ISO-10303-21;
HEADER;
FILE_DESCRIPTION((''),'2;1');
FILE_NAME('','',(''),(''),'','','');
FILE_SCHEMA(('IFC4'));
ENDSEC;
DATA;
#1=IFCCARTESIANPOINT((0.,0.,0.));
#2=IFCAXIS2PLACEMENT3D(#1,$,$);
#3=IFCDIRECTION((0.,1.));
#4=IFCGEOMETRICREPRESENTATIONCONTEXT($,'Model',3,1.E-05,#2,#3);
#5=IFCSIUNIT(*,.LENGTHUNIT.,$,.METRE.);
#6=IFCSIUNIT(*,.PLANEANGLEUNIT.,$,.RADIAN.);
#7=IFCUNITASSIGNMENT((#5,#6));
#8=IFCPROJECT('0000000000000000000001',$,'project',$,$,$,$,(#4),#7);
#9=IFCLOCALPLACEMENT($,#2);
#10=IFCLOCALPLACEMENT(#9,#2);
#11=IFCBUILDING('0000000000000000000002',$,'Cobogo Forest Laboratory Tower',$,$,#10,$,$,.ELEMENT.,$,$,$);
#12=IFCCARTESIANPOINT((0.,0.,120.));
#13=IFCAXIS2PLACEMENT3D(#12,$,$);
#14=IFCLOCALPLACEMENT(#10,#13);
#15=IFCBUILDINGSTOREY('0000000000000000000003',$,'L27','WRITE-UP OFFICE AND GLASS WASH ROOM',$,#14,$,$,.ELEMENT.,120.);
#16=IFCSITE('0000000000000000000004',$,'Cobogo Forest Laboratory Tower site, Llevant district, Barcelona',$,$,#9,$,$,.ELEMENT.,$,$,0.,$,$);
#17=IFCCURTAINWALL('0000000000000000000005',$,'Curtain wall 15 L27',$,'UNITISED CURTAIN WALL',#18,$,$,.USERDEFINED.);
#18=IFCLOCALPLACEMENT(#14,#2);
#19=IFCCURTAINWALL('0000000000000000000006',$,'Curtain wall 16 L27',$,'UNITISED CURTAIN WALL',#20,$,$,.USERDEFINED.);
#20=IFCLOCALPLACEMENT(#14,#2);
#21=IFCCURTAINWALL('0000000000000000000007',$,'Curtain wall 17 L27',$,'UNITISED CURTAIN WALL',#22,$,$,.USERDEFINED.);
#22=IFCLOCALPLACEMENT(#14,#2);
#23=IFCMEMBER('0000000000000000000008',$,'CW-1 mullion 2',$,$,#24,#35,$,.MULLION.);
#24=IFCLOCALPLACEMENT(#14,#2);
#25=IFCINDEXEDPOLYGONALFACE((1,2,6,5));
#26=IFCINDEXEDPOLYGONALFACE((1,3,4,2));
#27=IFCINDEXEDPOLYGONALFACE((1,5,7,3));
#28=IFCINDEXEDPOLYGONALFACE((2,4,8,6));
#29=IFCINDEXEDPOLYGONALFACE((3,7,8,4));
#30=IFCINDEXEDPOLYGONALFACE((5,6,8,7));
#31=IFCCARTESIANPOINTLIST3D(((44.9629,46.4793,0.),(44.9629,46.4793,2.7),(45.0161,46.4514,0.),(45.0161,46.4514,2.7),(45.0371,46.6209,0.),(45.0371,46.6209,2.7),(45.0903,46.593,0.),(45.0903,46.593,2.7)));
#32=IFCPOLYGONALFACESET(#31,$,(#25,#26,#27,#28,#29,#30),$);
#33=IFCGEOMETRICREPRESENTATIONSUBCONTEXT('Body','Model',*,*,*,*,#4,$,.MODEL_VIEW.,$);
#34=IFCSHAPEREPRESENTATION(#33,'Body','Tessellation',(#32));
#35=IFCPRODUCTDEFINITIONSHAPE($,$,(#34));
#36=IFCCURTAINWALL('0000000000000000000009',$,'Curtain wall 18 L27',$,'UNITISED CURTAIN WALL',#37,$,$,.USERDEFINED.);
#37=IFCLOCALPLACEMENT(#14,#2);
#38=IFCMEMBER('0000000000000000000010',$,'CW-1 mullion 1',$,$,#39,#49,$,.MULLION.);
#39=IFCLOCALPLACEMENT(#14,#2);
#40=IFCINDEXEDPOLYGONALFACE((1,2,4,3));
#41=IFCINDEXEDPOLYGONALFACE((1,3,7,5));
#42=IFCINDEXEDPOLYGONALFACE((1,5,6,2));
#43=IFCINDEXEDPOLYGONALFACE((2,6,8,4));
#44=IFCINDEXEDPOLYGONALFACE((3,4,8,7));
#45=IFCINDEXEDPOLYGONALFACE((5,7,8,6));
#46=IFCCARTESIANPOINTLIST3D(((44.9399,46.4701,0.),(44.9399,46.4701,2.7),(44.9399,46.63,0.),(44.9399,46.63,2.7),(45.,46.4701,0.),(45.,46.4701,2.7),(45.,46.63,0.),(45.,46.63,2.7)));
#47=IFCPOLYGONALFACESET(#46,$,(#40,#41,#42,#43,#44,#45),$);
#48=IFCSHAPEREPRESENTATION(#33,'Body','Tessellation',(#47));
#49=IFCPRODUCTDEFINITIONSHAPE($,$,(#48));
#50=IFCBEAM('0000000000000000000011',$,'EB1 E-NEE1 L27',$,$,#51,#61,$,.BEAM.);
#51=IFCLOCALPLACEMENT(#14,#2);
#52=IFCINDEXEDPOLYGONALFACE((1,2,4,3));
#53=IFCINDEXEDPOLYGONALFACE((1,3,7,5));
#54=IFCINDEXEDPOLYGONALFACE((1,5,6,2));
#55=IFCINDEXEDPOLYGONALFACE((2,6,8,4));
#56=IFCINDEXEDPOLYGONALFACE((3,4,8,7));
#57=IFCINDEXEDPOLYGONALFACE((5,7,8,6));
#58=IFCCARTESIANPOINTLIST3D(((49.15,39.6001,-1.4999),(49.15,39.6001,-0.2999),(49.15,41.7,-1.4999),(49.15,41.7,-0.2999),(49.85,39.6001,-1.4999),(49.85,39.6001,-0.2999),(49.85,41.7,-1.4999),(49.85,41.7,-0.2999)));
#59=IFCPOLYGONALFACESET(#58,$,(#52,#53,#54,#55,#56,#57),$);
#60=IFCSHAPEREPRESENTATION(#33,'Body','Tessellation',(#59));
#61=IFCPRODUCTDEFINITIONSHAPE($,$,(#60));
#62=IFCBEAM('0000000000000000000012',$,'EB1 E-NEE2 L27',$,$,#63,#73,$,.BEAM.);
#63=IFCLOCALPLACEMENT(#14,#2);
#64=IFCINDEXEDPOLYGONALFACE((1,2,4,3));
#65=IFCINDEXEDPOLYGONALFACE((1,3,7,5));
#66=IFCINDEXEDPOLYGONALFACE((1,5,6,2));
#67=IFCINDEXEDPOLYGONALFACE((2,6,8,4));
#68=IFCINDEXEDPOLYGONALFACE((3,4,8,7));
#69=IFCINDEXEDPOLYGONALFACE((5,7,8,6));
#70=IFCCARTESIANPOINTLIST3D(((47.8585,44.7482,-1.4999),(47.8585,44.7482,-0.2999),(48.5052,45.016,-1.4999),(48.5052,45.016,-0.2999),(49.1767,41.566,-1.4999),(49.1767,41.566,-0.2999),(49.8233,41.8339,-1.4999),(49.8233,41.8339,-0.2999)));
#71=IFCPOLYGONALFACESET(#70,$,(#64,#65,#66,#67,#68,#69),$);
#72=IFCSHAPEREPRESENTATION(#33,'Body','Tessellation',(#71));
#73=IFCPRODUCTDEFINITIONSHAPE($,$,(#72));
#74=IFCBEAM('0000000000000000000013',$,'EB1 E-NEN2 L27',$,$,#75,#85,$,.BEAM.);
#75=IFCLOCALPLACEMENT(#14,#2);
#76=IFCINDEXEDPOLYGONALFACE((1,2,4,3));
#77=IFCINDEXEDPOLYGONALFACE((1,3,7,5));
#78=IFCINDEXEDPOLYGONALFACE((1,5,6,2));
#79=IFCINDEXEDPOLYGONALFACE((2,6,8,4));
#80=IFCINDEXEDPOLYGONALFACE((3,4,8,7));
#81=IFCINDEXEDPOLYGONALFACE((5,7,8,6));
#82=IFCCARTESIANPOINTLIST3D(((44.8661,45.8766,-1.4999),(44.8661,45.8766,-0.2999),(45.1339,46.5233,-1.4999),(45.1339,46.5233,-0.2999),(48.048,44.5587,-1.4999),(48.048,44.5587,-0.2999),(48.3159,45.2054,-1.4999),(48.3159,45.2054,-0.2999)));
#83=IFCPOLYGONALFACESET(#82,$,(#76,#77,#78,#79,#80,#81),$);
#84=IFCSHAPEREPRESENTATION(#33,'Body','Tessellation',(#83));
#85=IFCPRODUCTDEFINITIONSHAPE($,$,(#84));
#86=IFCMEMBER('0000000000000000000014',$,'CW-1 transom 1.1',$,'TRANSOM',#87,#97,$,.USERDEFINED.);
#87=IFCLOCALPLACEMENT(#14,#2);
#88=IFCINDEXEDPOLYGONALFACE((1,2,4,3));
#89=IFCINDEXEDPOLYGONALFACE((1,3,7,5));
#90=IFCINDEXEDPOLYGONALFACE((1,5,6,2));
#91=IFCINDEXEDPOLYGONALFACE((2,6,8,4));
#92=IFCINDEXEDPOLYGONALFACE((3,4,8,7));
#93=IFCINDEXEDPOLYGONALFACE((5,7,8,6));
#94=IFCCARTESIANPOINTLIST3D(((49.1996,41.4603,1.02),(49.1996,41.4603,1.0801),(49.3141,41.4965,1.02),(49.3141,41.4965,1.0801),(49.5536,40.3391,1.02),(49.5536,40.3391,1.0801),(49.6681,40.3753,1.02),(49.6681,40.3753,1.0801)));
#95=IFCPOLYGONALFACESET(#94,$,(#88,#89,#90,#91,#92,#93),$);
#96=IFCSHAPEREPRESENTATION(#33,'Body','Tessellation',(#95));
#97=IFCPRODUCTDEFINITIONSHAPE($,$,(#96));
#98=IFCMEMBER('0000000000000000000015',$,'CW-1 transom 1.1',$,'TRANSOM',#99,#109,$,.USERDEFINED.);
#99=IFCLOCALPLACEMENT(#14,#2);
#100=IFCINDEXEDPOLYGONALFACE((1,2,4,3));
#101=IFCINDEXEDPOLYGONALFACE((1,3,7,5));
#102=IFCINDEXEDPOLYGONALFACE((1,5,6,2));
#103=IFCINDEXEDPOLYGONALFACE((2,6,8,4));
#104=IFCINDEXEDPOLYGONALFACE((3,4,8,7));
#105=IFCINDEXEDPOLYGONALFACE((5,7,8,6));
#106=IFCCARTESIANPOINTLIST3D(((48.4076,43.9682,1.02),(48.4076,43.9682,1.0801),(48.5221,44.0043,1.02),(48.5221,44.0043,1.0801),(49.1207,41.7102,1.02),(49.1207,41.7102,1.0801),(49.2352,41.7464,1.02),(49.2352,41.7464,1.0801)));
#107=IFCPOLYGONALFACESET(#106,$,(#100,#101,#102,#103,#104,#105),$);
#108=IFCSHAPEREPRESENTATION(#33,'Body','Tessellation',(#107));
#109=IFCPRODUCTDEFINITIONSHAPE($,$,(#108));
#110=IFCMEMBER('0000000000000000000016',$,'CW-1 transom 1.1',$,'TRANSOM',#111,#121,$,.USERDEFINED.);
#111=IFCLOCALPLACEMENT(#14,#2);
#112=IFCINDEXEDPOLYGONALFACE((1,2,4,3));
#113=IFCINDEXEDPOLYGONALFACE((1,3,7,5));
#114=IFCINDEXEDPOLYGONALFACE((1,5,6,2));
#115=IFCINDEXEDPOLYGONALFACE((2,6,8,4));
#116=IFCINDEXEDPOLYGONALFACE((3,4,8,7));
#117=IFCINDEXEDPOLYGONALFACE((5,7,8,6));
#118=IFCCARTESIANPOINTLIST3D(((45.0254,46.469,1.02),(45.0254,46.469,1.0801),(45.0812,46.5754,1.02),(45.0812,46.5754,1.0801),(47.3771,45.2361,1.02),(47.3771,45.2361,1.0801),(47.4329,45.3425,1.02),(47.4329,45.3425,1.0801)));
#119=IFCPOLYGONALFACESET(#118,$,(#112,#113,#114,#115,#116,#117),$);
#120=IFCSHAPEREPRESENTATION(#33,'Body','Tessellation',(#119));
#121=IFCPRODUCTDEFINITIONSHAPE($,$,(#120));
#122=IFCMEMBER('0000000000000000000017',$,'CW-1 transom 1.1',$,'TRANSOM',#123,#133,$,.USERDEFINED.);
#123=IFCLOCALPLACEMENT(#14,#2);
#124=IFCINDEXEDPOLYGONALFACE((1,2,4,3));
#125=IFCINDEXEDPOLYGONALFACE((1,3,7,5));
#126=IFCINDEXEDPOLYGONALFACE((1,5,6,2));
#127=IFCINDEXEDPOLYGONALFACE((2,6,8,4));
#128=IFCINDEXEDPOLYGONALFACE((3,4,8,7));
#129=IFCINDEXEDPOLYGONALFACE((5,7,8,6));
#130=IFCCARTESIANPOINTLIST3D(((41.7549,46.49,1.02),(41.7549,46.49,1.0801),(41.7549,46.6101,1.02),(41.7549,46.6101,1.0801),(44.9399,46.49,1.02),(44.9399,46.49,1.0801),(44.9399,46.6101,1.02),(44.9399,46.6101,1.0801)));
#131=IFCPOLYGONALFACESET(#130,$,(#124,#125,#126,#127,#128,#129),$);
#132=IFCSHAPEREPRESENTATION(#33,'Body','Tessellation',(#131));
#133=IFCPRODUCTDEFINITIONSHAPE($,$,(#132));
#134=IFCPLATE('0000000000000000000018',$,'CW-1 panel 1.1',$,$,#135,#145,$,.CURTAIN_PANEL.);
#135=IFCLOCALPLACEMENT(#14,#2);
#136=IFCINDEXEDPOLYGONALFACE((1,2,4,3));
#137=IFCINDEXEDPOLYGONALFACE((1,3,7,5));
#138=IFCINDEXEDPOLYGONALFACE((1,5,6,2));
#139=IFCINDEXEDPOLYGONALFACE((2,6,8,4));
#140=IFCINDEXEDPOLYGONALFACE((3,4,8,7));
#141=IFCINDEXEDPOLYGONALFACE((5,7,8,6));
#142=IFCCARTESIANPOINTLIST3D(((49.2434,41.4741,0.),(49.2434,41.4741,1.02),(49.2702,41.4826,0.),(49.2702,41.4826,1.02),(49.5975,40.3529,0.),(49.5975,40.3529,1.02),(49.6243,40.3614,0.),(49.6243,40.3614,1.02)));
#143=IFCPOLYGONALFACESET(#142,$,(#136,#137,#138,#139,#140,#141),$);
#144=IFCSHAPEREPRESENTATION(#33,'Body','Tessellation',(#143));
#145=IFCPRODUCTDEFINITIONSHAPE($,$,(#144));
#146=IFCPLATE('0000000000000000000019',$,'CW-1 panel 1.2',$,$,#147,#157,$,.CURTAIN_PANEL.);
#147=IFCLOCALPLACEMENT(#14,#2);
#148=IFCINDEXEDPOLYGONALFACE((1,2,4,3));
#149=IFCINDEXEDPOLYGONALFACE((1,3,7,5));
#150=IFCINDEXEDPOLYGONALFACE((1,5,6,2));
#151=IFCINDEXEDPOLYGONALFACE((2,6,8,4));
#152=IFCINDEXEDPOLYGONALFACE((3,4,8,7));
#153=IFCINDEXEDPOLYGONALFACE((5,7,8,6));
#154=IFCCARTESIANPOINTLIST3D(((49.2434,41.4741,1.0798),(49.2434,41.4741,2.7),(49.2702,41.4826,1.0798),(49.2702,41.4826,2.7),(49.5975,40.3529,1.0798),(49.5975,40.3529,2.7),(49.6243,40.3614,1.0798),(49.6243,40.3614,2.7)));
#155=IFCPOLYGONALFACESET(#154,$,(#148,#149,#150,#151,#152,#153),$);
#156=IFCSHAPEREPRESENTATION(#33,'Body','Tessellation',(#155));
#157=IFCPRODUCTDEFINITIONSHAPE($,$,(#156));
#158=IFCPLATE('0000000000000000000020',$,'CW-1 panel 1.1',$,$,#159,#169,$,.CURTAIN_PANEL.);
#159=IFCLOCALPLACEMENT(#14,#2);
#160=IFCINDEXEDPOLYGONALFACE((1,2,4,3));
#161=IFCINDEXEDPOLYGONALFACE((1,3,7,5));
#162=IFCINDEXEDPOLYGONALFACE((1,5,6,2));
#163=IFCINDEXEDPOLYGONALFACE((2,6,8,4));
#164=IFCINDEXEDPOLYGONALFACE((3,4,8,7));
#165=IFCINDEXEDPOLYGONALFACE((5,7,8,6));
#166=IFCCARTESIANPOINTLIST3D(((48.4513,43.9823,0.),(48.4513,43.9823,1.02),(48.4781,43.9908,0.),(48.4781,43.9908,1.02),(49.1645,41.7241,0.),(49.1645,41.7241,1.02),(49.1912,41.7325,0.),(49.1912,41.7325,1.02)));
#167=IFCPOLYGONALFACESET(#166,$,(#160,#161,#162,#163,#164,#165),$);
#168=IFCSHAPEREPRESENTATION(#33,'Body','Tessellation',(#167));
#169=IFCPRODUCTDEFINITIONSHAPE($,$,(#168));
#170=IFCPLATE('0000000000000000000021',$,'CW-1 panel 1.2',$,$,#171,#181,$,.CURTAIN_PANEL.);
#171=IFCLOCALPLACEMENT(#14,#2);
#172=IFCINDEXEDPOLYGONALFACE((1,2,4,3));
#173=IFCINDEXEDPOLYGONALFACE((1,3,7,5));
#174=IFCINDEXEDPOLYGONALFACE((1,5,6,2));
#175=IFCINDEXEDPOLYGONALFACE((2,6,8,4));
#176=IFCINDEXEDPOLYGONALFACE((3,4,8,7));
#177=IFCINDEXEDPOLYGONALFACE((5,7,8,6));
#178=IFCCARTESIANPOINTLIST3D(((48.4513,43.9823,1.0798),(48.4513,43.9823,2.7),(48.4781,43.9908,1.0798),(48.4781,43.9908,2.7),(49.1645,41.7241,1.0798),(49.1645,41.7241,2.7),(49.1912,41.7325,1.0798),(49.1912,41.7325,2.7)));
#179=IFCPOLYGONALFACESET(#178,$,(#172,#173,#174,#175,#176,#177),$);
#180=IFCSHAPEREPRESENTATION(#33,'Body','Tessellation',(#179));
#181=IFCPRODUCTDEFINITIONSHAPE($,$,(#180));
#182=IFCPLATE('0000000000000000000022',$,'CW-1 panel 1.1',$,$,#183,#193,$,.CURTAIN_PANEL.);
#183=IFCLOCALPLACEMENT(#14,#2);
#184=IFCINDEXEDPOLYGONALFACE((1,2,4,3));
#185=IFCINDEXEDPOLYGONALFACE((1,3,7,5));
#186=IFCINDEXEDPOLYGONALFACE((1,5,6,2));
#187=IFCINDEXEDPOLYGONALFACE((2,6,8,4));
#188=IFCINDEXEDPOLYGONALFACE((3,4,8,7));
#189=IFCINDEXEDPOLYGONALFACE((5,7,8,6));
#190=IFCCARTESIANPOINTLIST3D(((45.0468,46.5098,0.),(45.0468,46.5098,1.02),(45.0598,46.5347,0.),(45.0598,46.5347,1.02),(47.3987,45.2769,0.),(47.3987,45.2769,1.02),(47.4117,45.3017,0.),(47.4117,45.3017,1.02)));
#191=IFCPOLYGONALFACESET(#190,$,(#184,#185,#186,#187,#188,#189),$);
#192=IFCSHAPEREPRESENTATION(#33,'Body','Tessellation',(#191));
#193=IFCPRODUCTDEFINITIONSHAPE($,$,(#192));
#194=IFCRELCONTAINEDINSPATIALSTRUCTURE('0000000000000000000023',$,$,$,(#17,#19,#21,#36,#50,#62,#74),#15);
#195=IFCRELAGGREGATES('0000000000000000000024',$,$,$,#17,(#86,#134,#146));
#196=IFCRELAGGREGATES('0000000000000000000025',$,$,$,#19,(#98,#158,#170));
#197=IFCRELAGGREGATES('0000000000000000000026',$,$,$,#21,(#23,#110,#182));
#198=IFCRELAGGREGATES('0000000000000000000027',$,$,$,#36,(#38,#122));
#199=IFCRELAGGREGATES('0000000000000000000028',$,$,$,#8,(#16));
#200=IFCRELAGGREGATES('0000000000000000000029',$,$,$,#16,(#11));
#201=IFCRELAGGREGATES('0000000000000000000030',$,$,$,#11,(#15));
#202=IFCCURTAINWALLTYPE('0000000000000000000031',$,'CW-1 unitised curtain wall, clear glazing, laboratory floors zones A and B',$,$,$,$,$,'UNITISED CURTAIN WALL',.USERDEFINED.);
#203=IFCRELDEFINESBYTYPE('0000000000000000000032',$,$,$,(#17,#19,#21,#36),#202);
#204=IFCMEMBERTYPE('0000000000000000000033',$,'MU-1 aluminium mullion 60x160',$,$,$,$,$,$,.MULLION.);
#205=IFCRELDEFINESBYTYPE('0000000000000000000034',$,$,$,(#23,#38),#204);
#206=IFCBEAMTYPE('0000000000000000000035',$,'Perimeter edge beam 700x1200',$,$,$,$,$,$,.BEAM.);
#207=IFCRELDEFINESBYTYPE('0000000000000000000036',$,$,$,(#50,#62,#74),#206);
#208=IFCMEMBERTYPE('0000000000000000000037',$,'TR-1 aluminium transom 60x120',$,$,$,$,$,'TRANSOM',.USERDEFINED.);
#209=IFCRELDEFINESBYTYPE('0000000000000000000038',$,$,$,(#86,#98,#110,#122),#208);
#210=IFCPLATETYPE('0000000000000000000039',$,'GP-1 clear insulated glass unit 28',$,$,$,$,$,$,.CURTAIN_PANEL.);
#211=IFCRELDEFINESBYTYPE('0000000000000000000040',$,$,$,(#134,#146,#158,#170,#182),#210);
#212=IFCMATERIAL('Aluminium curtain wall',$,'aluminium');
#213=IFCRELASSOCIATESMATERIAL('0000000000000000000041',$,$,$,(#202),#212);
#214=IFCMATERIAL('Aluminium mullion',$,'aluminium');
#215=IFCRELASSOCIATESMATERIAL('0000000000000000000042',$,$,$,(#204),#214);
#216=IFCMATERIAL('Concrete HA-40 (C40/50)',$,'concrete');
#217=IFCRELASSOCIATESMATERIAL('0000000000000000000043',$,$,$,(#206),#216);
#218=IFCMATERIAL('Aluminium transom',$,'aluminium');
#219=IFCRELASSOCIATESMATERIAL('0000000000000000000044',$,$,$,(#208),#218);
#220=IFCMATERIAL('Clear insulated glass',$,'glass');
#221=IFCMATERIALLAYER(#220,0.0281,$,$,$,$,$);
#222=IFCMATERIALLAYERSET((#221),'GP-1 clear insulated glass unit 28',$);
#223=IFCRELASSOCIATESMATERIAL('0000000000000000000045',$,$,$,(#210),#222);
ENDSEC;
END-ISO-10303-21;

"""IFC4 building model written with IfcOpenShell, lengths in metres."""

from ifc_helpers import new_model, si_unit, direction, frame, origin, origin_2d, place, context, subcontext, project, spatial, rectangle, extrude, material, layer, layer_set, material_profile, profile_set, type_object, element, aggregate, save


model = new_model("IFC4")

# Units and contexts
model_context = context("Model", 3, precision=1e-05, world=origin(), true_north=direction((0.0, 1.0)))
body_context = subcontext(model_context, "Body", "Model", "MODEL_VIEW")
ifc_project = project(units=[si_unit("LENGTHUNIT", "METRE"), si_unit("PLANEANGLEUNIT", "RADIAN")], contexts=[model_context])

# Site, building, storey
site_placement = place(None, origin())
site = spatial("IfcSite", under=ifc_project, at=site_placement, Name="Cobogo Forest Laboratory Tower site, Llevant district, Barcelona", CompositionType="ELEMENT", RefElevation=0.0)
building_placement = place(site_placement, origin())
building = spatial("IfcBuilding", under=site, at=building_placement, Name="Cobogo Forest Laboratory Tower", CompositionType="ELEMENT")
storey_placement = place(building_placement, frame((0.0, 0.0, 120.0)))
storey = spatial("IfcBuildingStorey", under=building, at=storey_placement, Name="L27", Description="WRITE-UP OFFICE AND GLASS WASH ROOM", CompositionType="ELEMENT", Elevation=120.0)

# Shared definitions
ifc_material_1 = material(Name="Concrete HA-40 (C40/50)", Category="concrete")

# Curtain walls, member
ifc_material_2 = material(Name="Aluminium curtain wall", Category="aluminium")
curtain_wall_type = type_object("IfcCurtainWallType", Name="CW-1 unitised curtain wall, clear glazing, laboratory floors zones A and B", ElementType="UNITISED CURTAIN WALL", PredefinedType="USERDEFINED", material=ifc_material_2)
curtain_wall_1_placement = place(storey_placement, origin())
curtain_wall_1 = element("IfcCurtainWall", 1, at=curtain_wall_1_placement, inside=storey, type_object=curtain_wall_type, Name="Curtain wall 15 L27", ObjectType="UNITISED CURTAIN WALL", PredefinedType="USERDEFINED")
ifc_material_3 = material(Name="Aluminium mullion", Category="aluminium")
ifc_material_profile_1 = material_profile(ifc_material_3, rectangle(XDim=0.0601, YDim=0.1599, at=origin_2d()), Name="AL 60x160")
ifc_profile_set_1 = profile_set([ifc_material_profile_1], Name="Aluminium mullion")
member_type_1 = type_object("IfcMemberType", Name="MU-1 aluminium mullion 60x160", PredefinedType="MULLION", material=ifc_profile_set_1)
curtain_wall_2_placement = place(storey_placement, origin())
curtain_wall_2 = element("IfcCurtainWall", 2, at=curtain_wall_2_placement, inside=storey, type_object=curtain_wall_type, Name="Curtain wall 16 L27", ObjectType="UNITISED CURTAIN WALL", PredefinedType="USERDEFINED")
curtain_wall_3_placement = place(storey_placement, origin())
curtain_wall_3 = element("IfcCurtainWall", 3, at=curtain_wall_3_placement, inside=storey, type_object=curtain_wall_type, Name="Curtain wall 17 L27", ObjectType="UNITISED CURTAIN WALL", PredefinedType="USERDEFINED")
member_1_placement = place(storey_placement, frame((45.0266, 46.5361, 0.0), z_axis=(0.0, 0.0, 1.0), x_axis=(-0.885687, 0.464284, 0.0)))
member_1 = element("IfcMember", 4, at=member_1_placement, type_object=member_type_1, Name="CW-1 mullion 2", PredefinedType="MULLION", context=body_context, shape_type="SweptSolid", body=[
    extrude(rectangle(XDim=0.0601, YDim=0.1599, at=origin_2d()), origin(), (0.0, 0.0, 1.0), 2.7),
])

# Curtain wall, member
curtain_wall_4_placement = place(storey_placement, origin())
curtain_wall_4 = element("IfcCurtainWall", 5, at=curtain_wall_4_placement, inside=storey, type_object=curtain_wall_type, Name="Curtain wall 18 L27", ObjectType="UNITISED CURTAIN WALL", PredefinedType="USERDEFINED")
member_2_placement = place(storey_placement, frame((44.97, 46.55, 0.0), z_axis=(0.0, 0.0, 1.0), x_axis=(-1.0, 0.0, 0.0)))
member_2 = element("IfcMember", 6, at=member_2_placement, type_object=member_type_1, Name="CW-1 mullion 1", PredefinedType="MULLION", context=body_context, shape_type="SweptSolid", body=[
    extrude(rectangle(XDim=0.0601, YDim=0.1599, at=origin_2d()), origin(), (0.0, 0.0, 1.0), 2.7),
])

# Beams
ifc_material_profile_2 = material_profile(ifc_material_1, rectangle(XDim=0.7, YDim=1.2, at=origin_2d()), Name="RC 700x1200")
ifc_profile_set_2 = profile_set([ifc_material_profile_2], Name="Concrete HA-40 (C40/50)")
beam_type_1 = type_object("IfcBeamType", Name="Perimeter edge beam 700x1200", PredefinedType="BEAM", material=ifc_profile_set_2)
beam_1_placement = place(storey_placement, frame((49.5, 39.6001, -0.8999), z_axis=(0.0, 1.0, 0.0), x_axis=(-1.0, 0.0, 0.0)))
element("IfcBeam", 7, at=beam_1_placement, inside=storey, type_object=beam_type_1, Name="EB1 E-NEE1 L27", PredefinedType="BEAM", context=body_context, shape_type="SweptSolid", body=[
    extrude(rectangle(XDim=0.7, YDim=1.2, at=origin_2d()), origin(), (0.0, 0.0, 1.0), 2.0999),
])
beam_2_placement = place(storey_placement, frame((49.5, 41.7, -0.8999), z_axis=(-0.382692, 0.923876, 0.0), x_axis=(-0.923876, -0.382692, 0.0)))
element("IfcBeam", 8, at=beam_2_placement, inside=storey, type_object=beam_type_1, Name="EB1 E-NEE2 L27", PredefinedType="BEAM", context=body_context, shape_type="SweptSolid", body=[
    extrude(rectangle(XDim=0.7, YDim=1.2, at=origin_2d()), origin(), (0.0, 0.0, 1.0), 3.4443),
])
beam_3_placement = place(storey_placement, frame((45.0, 46.2, -0.8999), z_axis=(0.923891, -0.382656, 0.0), x_axis=(0.382656, 0.923891, 0.0)))
element("IfcBeam", 9, at=beam_3_placement, inside=storey, type_object=beam_type_1, Name="EB1 E-NEN2 L27", PredefinedType="BEAM", context=body_context, shape_type="SweptSolid", body=[
    extrude(rectangle(XDim=0.7, YDim=1.2, at=origin_2d()), origin(), (0.0, 0.0, 1.0), 3.4441),
])

# Members
ifc_material_4 = material(Name="Aluminium transom", Category="aluminium")
ifc_material_profile_3 = material_profile(ifc_material_4, rectangle(XDim=0.1201, YDim=0.0601, at=origin_2d()), Name="AL 60x120")
ifc_profile_set_3 = profile_set([ifc_material_profile_3], Name="Aluminium transom")
member_type_2 = type_object("IfcMemberType", Name="TR-1 aluminium transom 60x120", ElementType="TRANSOM", PredefinedType="USERDEFINED", material=ifc_profile_set_3)
member_3_placement = place(storey_placement, frame((49.6108, 40.3572, 1.05), z_axis=(-0.301052, 0.953608, 0.0), x_axis=(-0.953608, -0.301052, 0.0)))
member_3 = element("IfcMember", 10, at=member_3_placement, type_object=member_type_2, Name="CW-1 transom 1.1", ObjectType="TRANSOM", PredefinedType="USERDEFINED", context=body_context, shape_type="SweptSolid", body=[
    extrude(rectangle(XDim=0.1201, YDim=0.0601, at=origin_2d()), origin(), (0.0, 0.0, 1.0), 1.1758),
])
member_4_placement = place(storey_placement, frame((49.178, 41.7283, 1.05), z_axis=(-0.301156, 0.953575, 0.0), x_axis=(-0.953575, -0.301156, 0.0)))
member_4 = element("IfcMember", 11, at=member_4_placement, type_object=member_type_2, Name="CW-1 transom 1.1", ObjectType="TRANSOM", PredefinedType="USERDEFINED", context=body_context, shape_type="SweptSolid", body=[
    extrude(rectangle(XDim=0.1201, YDim=0.0601, at=origin_2d()), origin(), (0.0, 0.0, 1.0), 2.3679),
])
member_5_placement = place(storey_placement, frame((47.405, 45.2893, 1.05), z_axis=(-0.885675, 0.464306, 0.0), x_axis=(-0.464306, -0.885675, 0.0)))
member_5 = element("IfcMember", 12, at=member_5_placement, type_object=member_type_2, Name="CW-1 transom 1.1", ObjectType="TRANSOM", PredefinedType="USERDEFINED", context=body_context, shape_type="SweptSolid", body=[
    extrude(rectangle(XDim=0.1201, YDim=0.0601, at=origin_2d()), origin(), (0.0, 0.0, 1.0), 2.6553),
])
member_6_placement = place(storey_placement, frame((44.9399, 46.55, 1.05), z_axis=(-1.0, 0.0, 0.0), x_axis=(0.0, -1.0, 0.0)))
member_6 = element("IfcMember", 13, at=member_6_placement, type_object=member_type_2, Name="CW-1 transom 1.1", ObjectType="TRANSOM", PredefinedType="USERDEFINED", context=body_context, shape_type="SweptSolid", body=[
    extrude(rectangle(XDim=0.1201, YDim=0.0601, at=origin_2d()), origin(), (0.0, 0.0, 1.0), 3.1851),
])

# Plates
ifc_material_5 = material(Name="Clear insulated glass", Category="glass")
ifc_layer = layer(ifc_material_5, 0.0281)
ifc_layer_set = layer_set([ifc_layer], Name="GP-1 clear insulated glass unit 28")
plate_type = type_object("IfcPlateType", Name="GP-1 clear insulated glass unit 28", PredefinedType="CURTAIN_PANEL", material=ifc_layer_set)
plate_1_placement = place(storey_placement, frame((49.4338, 40.9177, 0.0), z_axis=(0.0, 0.0, 1.0), x_axis=(-0.301135, 0.953581, 0.0)))
plate_1 = element("IfcPlate", 14, at=plate_1_placement, type_object=plate_type, Name="CW-1 panel 1.1", PredefinedType="CURTAIN_PANEL", context=body_context, shape_type="SweptSolid", body=[
    extrude(rectangle(XDim=1.1758, YDim=0.0281, at=origin_2d()), origin(), (0.0, 0.0, 1.0), 1.02),
])
plate_2_placement = place(storey_placement, frame((49.4338, 40.9177, 1.0798), z_axis=(0.0, 0.0, 1.0), x_axis=(-0.301135, 0.953581, 0.0)))
plate_2 = element("IfcPlate", 15, at=plate_2_placement, type_object=plate_type, Name="CW-1 panel 1.2", PredefinedType="CURTAIN_PANEL", context=body_context, shape_type="SweptSolid", body=[
    extrude(rectangle(XDim=1.1758, YDim=0.0281, at=origin_2d()), origin(), (0.0, 0.0, 1.0), 1.6201),
])
aggregate(curtain_wall_1, [member_3, plate_1, plate_2])
plate_3_placement = place(storey_placement, frame((48.8213, 42.8574, 0.0), z_axis=(0.0, 0.0, 1.0), x_axis=(-0.301135, 0.953581, 0.0)))
plate_3 = element("IfcPlate", 16, at=plate_3_placement, type_object=plate_type, Name="CW-1 panel 1.1", PredefinedType="CURTAIN_PANEL", context=body_context, shape_type="SweptSolid", body=[
    extrude(rectangle(XDim=2.3682, YDim=0.0281, at=origin_2d()), origin(), (0.0, 0.0, 1.0), 1.02),
])
plate_4_placement = place(storey_placement, frame((48.8213, 42.8574, 1.0798), z_axis=(0.0, 0.0, 1.0), x_axis=(-0.301135, 0.953581, 0.0)))
plate_4 = element("IfcPlate", 17, at=plate_4_placement, type_object=plate_type, Name="CW-1 panel 1.2", PredefinedType="CURTAIN_PANEL", context=body_context, shape_type="SweptSolid", body=[
    extrude(rectangle(XDim=2.3682, YDim=0.0281, at=origin_2d()), origin(), (0.0, 0.0, 1.0), 1.6201),
])
aggregate(curtain_wall_2, [member_4, plate_3, plate_4])
plate_5_placement = place(storey_placement, frame((46.2292, 45.9058, 0.0), z_axis=(0.0, 0.0, 1.0), x_axis=(-0.885687, 0.464284, 0.0)))
plate_5 = element("IfcPlate", 18, at=plate_5_placement, type_object=plate_type, Name="CW-1 panel 1.1", PredefinedType="CURTAIN_PANEL", context=body_context, shape_type="SweptSolid", body=[
    extrude(rectangle(XDim=2.6555, YDim=0.0281, at=origin_2d()), origin(), (0.0, 0.0, 1.0), 1.02),
])
aggregate(curtain_wall_3, [member_1, member_5, plate_5])
aggregate(curtain_wall_4, [member_2, member_6])

save(model, "model.ifc")
